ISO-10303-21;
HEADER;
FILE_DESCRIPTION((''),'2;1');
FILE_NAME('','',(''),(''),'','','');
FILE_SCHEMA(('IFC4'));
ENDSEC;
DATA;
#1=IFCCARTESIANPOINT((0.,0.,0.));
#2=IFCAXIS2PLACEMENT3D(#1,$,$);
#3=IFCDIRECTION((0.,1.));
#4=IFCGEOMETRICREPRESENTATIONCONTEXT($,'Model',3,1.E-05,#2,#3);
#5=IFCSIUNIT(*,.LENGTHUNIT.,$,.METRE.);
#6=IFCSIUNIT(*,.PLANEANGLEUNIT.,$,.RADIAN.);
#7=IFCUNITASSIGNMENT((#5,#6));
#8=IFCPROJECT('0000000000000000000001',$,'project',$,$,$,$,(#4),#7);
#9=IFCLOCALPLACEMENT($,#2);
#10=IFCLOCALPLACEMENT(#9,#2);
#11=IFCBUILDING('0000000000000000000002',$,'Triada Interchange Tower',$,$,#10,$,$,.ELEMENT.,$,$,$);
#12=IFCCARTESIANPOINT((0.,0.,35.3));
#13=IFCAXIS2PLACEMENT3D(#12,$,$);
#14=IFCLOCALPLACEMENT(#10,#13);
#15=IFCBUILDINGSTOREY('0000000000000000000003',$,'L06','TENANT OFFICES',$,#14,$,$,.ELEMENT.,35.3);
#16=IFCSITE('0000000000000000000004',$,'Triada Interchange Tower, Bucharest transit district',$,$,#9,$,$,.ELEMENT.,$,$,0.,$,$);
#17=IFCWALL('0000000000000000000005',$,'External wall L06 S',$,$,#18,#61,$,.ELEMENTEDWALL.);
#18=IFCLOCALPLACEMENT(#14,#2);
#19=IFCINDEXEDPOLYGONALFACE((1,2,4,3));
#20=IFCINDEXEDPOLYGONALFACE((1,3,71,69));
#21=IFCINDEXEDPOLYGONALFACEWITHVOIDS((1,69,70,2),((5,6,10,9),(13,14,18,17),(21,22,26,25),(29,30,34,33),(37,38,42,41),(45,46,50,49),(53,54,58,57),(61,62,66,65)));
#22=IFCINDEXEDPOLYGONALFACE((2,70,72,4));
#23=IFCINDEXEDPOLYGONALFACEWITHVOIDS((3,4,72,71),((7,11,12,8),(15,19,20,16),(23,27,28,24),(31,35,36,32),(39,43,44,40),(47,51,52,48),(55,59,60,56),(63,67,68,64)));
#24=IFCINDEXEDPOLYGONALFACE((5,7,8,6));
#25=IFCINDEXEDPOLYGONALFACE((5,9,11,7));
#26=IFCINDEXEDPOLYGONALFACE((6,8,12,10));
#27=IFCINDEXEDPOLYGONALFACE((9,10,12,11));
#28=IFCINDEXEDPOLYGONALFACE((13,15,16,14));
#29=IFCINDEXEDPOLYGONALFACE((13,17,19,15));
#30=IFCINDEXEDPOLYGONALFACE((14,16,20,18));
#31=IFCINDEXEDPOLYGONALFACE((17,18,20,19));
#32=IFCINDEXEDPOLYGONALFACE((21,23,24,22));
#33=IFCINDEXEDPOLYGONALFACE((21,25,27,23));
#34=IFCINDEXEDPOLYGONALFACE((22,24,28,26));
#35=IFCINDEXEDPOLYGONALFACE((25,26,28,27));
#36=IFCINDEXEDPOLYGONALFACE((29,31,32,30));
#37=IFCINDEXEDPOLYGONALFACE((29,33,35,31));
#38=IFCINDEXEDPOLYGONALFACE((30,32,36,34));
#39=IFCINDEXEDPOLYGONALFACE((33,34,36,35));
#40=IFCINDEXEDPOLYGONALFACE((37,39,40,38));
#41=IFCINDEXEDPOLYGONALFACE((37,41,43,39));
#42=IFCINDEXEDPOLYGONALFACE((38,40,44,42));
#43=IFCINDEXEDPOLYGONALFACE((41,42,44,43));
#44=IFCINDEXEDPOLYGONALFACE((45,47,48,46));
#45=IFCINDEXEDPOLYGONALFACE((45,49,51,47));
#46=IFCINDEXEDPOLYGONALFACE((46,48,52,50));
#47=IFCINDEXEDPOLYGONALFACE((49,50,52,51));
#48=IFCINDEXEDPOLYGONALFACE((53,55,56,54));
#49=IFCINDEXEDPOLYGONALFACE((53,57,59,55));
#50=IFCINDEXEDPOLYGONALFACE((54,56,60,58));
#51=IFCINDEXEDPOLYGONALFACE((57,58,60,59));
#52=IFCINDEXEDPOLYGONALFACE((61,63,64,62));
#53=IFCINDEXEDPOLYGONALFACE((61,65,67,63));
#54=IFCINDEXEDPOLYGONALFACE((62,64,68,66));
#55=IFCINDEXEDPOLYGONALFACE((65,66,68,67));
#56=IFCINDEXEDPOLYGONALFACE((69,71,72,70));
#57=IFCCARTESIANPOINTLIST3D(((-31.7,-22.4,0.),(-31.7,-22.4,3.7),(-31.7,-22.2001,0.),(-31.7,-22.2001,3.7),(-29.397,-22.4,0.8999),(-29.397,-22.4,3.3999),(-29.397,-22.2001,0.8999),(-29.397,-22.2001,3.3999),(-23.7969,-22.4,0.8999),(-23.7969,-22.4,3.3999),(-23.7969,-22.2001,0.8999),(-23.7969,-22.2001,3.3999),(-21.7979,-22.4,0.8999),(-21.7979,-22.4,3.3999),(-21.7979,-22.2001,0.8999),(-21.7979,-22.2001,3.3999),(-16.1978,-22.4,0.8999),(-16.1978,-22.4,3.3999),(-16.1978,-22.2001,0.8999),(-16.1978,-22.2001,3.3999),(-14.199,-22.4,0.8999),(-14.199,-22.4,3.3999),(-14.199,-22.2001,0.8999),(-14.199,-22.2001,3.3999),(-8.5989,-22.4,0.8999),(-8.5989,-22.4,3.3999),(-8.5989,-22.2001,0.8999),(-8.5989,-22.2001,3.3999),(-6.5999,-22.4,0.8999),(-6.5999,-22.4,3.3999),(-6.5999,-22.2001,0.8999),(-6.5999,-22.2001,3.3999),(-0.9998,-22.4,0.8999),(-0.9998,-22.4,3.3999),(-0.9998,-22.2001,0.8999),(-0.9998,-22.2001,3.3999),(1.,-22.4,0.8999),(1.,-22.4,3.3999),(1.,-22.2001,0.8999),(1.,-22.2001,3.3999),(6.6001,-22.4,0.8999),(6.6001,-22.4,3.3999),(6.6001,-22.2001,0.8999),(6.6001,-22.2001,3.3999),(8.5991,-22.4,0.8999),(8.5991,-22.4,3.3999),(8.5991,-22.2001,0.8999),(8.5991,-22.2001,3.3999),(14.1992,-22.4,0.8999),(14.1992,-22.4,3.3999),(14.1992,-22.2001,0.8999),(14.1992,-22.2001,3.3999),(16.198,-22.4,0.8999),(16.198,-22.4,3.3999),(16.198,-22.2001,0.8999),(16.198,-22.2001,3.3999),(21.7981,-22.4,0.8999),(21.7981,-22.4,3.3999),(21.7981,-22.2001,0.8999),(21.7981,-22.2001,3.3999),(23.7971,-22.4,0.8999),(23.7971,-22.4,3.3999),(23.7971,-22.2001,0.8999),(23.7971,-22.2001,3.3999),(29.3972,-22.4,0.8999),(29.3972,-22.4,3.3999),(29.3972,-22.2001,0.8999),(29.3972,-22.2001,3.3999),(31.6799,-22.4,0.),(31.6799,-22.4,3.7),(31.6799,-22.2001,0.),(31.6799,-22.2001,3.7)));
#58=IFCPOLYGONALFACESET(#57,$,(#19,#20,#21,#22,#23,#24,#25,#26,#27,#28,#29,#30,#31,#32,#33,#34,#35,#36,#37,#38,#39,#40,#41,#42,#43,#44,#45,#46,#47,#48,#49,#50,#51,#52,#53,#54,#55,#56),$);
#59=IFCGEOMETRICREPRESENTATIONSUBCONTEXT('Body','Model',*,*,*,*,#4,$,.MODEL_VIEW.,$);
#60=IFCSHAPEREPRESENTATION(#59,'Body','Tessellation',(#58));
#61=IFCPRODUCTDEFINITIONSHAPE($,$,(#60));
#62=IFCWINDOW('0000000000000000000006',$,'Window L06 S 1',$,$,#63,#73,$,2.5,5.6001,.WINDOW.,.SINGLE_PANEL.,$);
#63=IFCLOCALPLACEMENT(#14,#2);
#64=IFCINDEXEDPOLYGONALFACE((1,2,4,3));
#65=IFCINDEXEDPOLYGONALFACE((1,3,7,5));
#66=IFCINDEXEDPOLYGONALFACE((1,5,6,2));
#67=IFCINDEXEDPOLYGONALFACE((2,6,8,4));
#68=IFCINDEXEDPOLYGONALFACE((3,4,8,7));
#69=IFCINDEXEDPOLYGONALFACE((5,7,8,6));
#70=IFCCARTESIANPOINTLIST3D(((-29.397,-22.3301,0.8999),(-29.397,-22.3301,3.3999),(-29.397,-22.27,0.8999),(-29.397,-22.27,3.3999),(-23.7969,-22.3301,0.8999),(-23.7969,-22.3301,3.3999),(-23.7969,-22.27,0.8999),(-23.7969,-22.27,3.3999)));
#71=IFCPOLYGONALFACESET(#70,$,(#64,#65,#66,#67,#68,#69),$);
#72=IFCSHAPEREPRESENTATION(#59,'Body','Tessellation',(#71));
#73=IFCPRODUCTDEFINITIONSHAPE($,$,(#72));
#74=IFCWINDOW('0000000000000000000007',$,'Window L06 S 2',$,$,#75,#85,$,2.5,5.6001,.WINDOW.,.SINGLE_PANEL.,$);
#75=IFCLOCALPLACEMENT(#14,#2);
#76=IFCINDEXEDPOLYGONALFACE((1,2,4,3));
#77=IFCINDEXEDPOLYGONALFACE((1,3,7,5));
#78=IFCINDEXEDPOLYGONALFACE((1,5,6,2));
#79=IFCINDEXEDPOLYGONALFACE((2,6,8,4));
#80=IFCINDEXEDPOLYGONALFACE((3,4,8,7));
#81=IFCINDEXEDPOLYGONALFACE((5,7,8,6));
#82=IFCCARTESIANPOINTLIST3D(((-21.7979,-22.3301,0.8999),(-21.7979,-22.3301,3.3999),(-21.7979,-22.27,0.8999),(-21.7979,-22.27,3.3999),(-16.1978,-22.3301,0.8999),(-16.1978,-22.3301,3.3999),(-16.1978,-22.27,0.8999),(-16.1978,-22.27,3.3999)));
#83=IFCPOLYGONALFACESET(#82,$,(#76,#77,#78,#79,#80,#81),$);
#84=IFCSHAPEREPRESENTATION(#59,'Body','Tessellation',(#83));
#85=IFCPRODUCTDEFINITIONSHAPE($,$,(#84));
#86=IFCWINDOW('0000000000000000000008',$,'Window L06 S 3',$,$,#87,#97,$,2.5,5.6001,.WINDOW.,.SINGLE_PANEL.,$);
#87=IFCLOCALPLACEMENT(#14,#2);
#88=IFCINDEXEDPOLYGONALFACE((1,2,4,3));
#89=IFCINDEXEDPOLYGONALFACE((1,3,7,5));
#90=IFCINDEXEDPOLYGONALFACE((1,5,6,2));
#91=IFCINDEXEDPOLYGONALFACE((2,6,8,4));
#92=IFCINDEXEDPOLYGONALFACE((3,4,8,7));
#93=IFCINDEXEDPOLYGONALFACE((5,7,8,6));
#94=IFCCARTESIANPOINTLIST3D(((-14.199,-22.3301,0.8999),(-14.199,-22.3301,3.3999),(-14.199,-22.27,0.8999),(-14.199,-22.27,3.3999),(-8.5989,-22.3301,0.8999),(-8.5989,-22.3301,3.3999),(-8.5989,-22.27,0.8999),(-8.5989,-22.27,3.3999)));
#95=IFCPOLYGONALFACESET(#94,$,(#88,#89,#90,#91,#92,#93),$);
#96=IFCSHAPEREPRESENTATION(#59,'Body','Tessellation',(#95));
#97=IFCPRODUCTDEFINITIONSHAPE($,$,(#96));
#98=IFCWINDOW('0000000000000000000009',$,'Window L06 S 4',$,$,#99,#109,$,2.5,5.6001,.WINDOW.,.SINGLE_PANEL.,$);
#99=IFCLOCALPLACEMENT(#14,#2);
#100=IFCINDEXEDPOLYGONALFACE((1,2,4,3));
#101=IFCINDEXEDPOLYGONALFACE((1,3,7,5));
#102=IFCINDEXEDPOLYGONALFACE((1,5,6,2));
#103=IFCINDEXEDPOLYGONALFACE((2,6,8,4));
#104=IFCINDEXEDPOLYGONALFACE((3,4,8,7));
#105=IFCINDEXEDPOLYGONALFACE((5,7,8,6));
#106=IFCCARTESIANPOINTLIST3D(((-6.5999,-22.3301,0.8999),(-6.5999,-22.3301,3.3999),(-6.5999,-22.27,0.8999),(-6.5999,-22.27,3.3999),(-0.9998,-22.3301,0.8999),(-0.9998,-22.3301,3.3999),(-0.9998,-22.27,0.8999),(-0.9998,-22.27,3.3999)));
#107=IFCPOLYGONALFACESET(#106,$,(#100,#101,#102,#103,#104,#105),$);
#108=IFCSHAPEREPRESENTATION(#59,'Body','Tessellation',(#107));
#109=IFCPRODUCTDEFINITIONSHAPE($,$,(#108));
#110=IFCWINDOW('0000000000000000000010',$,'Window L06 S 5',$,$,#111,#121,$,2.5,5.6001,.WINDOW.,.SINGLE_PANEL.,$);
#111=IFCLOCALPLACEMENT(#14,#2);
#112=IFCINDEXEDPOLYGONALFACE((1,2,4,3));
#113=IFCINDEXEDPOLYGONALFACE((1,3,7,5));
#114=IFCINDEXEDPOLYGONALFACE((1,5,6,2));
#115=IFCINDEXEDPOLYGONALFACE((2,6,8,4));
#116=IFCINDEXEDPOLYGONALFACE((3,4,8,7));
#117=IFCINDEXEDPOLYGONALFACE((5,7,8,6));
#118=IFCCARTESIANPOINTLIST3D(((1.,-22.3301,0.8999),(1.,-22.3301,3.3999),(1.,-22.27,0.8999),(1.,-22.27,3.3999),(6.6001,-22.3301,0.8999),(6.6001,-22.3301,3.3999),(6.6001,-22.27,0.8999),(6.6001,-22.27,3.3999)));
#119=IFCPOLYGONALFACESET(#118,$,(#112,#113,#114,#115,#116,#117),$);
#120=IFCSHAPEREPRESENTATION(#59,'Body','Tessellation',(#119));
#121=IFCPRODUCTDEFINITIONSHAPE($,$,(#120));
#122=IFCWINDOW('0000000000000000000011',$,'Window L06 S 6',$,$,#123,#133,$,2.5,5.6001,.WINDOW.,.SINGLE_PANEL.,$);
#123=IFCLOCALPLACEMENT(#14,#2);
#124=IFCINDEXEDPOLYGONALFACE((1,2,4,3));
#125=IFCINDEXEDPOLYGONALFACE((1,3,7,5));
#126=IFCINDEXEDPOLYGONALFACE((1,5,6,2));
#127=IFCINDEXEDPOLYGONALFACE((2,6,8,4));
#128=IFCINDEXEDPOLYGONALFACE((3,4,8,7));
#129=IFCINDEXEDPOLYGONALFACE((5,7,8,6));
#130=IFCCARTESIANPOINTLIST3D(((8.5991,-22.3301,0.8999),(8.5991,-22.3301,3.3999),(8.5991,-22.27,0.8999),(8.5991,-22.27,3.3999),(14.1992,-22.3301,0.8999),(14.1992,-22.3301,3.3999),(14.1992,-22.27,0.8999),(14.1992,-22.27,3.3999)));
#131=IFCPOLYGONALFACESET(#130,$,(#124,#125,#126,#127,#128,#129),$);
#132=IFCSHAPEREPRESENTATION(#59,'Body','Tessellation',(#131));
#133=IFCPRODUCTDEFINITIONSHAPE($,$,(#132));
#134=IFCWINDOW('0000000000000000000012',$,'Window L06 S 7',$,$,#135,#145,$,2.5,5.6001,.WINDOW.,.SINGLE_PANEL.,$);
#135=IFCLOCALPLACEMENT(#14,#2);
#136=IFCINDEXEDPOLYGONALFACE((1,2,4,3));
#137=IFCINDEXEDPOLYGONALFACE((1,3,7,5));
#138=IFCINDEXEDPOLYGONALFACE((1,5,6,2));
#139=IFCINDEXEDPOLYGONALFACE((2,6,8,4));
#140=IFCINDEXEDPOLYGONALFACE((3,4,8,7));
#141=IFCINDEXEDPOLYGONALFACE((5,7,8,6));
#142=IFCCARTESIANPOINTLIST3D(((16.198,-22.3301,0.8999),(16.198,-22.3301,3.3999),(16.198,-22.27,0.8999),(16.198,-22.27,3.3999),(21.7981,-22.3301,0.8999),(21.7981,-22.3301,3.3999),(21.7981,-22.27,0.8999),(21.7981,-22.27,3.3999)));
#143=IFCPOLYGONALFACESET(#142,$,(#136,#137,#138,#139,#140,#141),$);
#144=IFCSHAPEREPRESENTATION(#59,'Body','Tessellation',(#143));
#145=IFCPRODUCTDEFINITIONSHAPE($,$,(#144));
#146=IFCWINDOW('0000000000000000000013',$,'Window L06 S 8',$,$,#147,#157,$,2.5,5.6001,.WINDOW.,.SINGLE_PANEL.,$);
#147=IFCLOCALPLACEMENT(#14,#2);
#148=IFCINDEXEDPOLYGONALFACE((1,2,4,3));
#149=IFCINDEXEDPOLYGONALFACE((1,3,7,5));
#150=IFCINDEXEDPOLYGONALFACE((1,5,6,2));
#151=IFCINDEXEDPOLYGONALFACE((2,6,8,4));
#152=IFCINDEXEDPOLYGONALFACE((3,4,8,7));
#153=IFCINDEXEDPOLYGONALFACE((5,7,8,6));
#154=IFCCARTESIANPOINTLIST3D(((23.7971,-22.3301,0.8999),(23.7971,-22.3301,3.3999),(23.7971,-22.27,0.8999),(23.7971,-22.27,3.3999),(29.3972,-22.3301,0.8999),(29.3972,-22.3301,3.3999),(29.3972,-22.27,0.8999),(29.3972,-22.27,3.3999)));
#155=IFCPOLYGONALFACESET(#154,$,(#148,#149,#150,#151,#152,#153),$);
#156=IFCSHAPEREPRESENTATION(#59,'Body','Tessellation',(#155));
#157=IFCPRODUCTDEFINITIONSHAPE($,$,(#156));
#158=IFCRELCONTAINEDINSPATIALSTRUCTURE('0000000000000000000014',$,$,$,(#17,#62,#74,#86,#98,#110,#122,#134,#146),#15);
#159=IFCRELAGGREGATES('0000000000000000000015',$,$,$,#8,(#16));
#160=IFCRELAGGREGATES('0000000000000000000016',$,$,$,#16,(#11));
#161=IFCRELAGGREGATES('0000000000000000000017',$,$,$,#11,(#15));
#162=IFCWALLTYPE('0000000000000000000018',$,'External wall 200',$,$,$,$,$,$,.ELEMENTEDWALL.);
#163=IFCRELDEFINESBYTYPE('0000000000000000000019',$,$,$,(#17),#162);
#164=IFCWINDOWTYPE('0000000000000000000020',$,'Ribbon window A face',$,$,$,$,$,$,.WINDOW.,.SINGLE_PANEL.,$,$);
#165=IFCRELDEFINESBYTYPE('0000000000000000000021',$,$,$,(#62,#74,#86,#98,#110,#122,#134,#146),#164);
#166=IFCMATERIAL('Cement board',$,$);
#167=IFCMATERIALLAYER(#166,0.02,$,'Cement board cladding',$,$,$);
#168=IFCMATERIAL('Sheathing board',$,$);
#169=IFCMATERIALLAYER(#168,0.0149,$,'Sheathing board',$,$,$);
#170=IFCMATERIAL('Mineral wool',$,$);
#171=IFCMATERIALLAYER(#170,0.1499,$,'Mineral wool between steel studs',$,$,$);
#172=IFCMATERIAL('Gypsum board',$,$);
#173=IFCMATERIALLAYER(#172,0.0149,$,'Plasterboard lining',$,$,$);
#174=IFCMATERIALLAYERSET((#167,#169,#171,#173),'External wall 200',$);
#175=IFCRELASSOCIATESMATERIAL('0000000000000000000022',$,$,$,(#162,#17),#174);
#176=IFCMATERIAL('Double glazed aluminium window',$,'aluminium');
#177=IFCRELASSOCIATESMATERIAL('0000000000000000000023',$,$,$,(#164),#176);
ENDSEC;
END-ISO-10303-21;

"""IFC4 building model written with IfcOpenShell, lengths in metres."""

from ifc_helpers import new_model, si_unit, direction, frame, frame_2d, origin, place, context, subcontext, project, spatial, rectangle, extrude, material, layer, layer_set, layer_usage, type_object, element, fill, save


model = new_model("IFC4")

# Units and contexts
model_context = context("Model", 3, precision=1e-05, world=origin(), true_north=direction((0.0, 1.0)))
body_context = subcontext(model_context, "Body", "Model", "MODEL_VIEW")
ifc_project = project(units=[si_unit("LENGTHUNIT", "METRE"), si_unit("PLANEANGLEUNIT", "RADIAN")], contexts=[model_context])

# Site, building, storey
site_placement = place(None, origin())
site = spatial("IfcSite", under=ifc_project, at=site_placement, Name="Triada Interchange Tower, Bucharest transit district", CompositionType="ELEMENT", RefElevation=0.0)
building_placement = place(site_placement, origin())
building = spatial("IfcBuilding", under=site, at=building_placement, Name="Triada Interchange Tower", CompositionType="ELEMENT")
storey_placement = place(building_placement, frame((0.0, 0.0, 35.3)))
storey = spatial("IfcBuildingStorey", under=building, at=storey_placement, Name="L06", Description="TENANT OFFICES", CompositionType="ELEMENT", Elevation=35.3)

# Shared definitions
ifc_material_1 = material(Name="Cement board")
ifc_layer_1 = layer(ifc_material_1, 0.02, Name="Cement board cladding")
ifc_material_2 = material(Name="Sheathing board")
ifc_layer_2 = layer(ifc_material_2, 0.0149, Name="Sheathing board")
ifc_material_3 = material(Name="Mineral wool")
ifc_layer_3 = layer(ifc_material_3, 0.1499, Name="Mineral wool between steel studs")
ifc_material_4 = material(Name="Gypsum board")
ifc_layer_4 = layer(ifc_material_4, 0.0149, Name="Plasterboard lining")
ifc_layer_set_1 = layer_set([ifc_layer_1, ifc_layer_2, ifc_layer_3, ifc_layer_4], Name="External wall 200")
ifc_layer_usage = layer_usage(ifc_layer_set_1, "AXIS2", "POSITIVE", -0.1001)
wall_type_1 = type_object("IfcWallType", Name="External wall 200", PredefinedType="ELEMENTEDWALL", material=ifc_layer_set_1)
ifc_material_5 = material(Name="Double glazed aluminium window", Category="aluminium")

# Wall, openings, windows
wall_1_placement = place(storey_placement, frame((-31.7, -22.3, 0.0), z_axis=(0.0, 0.0, 1.0), x_axis=(1.0, 0.0, 0.0)))
wall_1 = element("IfcWall", 1, at=wall_1_placement, inside=storey, type_object=wall_type_1, material=ifc_layer_usage, Name="External wall L06 S", PredefinedType="ELEMENTEDWALL", context=body_context, shape_type="SweptSolid", body=[
    extrude(rectangle(XDim=63.3799, YDim=0.2, at=frame_2d((31.6899, 0.0))), origin(), (0.0, 0.0, 1.0), 3.7),
])
opening_1_placement = place(wall_1_placement, frame((2.303, 0.0, 0.8999)))
opening_1 = element("IfcOpeningElement", 2, at=opening_1_placement, cuts=wall_1, PredefinedType="OPENING", context=body_context, shape_type="SweptSolid", body=[
    extrude(rectangle(XDim=5.6001, YDim=2.5, at=frame_2d((2.8, 1.25))), frame((0.0, 0.1099, 0.0), z_axis=(0.0, -1.0, 0.0), x_axis=(1.0, 0.0, 0.0)), (0.0, 0.0, 1.0), 0.22),
])
opening_2_placement = place(wall_1_placement, frame((9.9021, 0.0, 0.8999)))
opening_2 = element("IfcOpeningElement", 3, at=opening_2_placement, cuts=wall_1, PredefinedType="OPENING", context=body_context, shape_type="SweptSolid", body=[
    extrude(rectangle(XDim=5.6001, YDim=2.5, at=frame_2d((2.8, 1.25))), frame((0.0, 0.1099, 0.0), z_axis=(0.0, -1.0, 0.0), x_axis=(1.0, 0.0, 0.0)), (0.0, 0.0, 1.0), 0.22),
])
opening_3_placement = place(wall_1_placement, frame((17.501, 0.0, 0.8999)))
opening_3 = element("IfcOpeningElement", 4, at=opening_3_placement, cuts=wall_1, PredefinedType="OPENING", context=body_context, shape_type="SweptSolid", body=[
    extrude(rectangle(XDim=5.6001, YDim=2.5, at=frame_2d((2.8, 1.25))), frame((0.0, 0.1099, 0.0), z_axis=(0.0, -1.0, 0.0), x_axis=(1.0, 0.0, 0.0)), (0.0, 0.0, 1.0), 0.22),
])
opening_4_placement = place(wall_1_placement, frame((25.1001, 0.0, 0.8999)))
opening_4 = element("IfcOpeningElement", 5, at=opening_4_placement, cuts=wall_1, PredefinedType="OPENING", context=body_context, shape_type="SweptSolid", body=[
    extrude(rectangle(XDim=5.6001, YDim=2.5, at=frame_2d((2.8, 1.25))), frame((0.0, 0.1099, 0.0), z_axis=(0.0, -1.0, 0.0), x_axis=(1.0, 0.0, 0.0)), (0.0, 0.0, 1.0), 0.22),
])
opening_5_placement = place(wall_1_placement, frame((32.7, 0.0, 0.8999)))
opening_5 = element("IfcOpeningElement", 6, at=opening_5_placement, cuts=wall_1, PredefinedType="OPENING", context=body_context, shape_type="SweptSolid", body=[
    extrude(rectangle(XDim=5.6001, YDim=2.5, at=frame_2d((2.8, 1.25))), frame((0.0, 0.1099, 0.0), z_axis=(0.0, -1.0, 0.0), x_axis=(1.0, 0.0, 0.0)), (0.0, 0.0, 1.0), 0.22),
])
opening_6_placement = place(wall_1_placement, frame((40.2991, 0.0, 0.8999)))
opening_6 = element("IfcOpeningElement", 7, at=opening_6_placement, cuts=wall_1, PredefinedType="OPENING", context=body_context, shape_type="SweptSolid", body=[
    extrude(rectangle(XDim=5.6001, YDim=2.5, at=frame_2d((2.8, 1.25))), frame((0.0, 0.1099, 0.0), z_axis=(0.0, -1.0, 0.0), x_axis=(1.0, 0.0, 0.0)), (0.0, 0.0, 1.0), 0.22),
])
opening_7_placement = place(wall_1_placement, frame((47.8979, 0.0, 0.8999)))
opening_7 = element("IfcOpeningElement", 8, at=opening_7_placement, cuts=wall_1, PredefinedType="OPENING", context=body_context, shape_type="SweptSolid", body=[
    extrude(rectangle(XDim=5.6001, YDim=2.5, at=frame_2d((2.8, 1.25))), frame((0.0, 0.1099, 0.0), z_axis=(0.0, -1.0, 0.0), x_axis=(1.0, 0.0, 0.0)), (0.0, 0.0, 1.0), 0.22),
])
opening_8_placement = place(wall_1_placement, frame((55.4971, 0.0, 0.8999)))
opening_8 = element("IfcOpeningElement", 9, at=opening_8_placement, cuts=wall_1, PredefinedType="OPENING", context=body_context, shape_type="SweptSolid", body=[
    extrude(rectangle(XDim=5.6001, YDim=2.5, at=frame_2d((2.8, 1.25))), frame((0.0, 0.1099, 0.0), z_axis=(0.0, -1.0, 0.0), x_axis=(1.0, 0.0, 0.0)), (0.0, 0.0, 1.0), 0.22),
])
window_type_1 = type_object("IfcWindowType", Name="Ribbon window A face", PartitioningType="SINGLE_PANEL", PredefinedType="WINDOW", material=ifc_material_5)
window_1_placement = place(opening_1_placement, origin())
window_1 = element("IfcWindow", 10, at=window_1_placement, inside=storey, type_object=window_type_1, Name="Window L06 S 1", OverallHeight=2.5, OverallWidth=5.6001, PartitioningType="SINGLE_PANEL", PredefinedType="WINDOW", context=body_context, shape_type="SweptSolid", body=[
    extrude(rectangle(XDim=5.6001, YDim=2.5, at=frame_2d((2.8, 1.25))), frame((0.0, 0.03, 0.0), z_axis=(0.0, -1.0, 0.0), x_axis=(1.0, 0.0, 0.0)), (0.0, 0.0, 1.0), 0.0601),
])
fill(opening_1, window_1)
window_2_placement = place(opening_2_placement, origin())
window_2 = element("IfcWindow", 11, at=window_2_placement, inside=storey, type_object=window_type_1, Name="Window L06 S 2", OverallHeight=2.5, OverallWidth=5.6001, PartitioningType="SINGLE_PANEL", PredefinedType="WINDOW", context=body_context, shape_type="SweptSolid", body=[
    extrude(rectangle(XDim=5.6001, YDim=2.5, at=frame_2d((2.8, 1.25))), frame((0.0, 0.03, 0.0), z_axis=(0.0, -1.0, 0.0), x_axis=(1.0, 0.0, 0.0)), (0.0, 0.0, 1.0), 0.0601),
])
fill(opening_2, window_2)
window_3_placement = place(opening_3_placement, origin())
window_3 = element("IfcWindow", 12, at=window_3_placement, inside=storey, type_object=window_type_1, Name="Window L06 S 3", OverallHeight=2.5, OverallWidth=5.6001, PartitioningType="SINGLE_PANEL", PredefinedType="WINDOW", context=body_context, shape_type="SweptSolid", body=[
    extrude(rectangle(XDim=5.6001, YDim=2.5, at=frame_2d((2.8, 1.25))), frame((0.0, 0.03, 0.0), z_axis=(0.0, -1.0, 0.0), x_axis=(1.0, 0.0, 0.0)), (0.0, 0.0, 1.0), 0.0601),
])
fill(opening_3, window_3)
window_4_placement = place(opening_4_placement, origin())
window_4 = element("IfcWindow", 13, at=window_4_placement, inside=storey, type_object=window_type_1, Name="Window L06 S 4", OverallHeight=2.5, OverallWidth=5.6001, PartitioningType="SINGLE_PANEL", PredefinedType="WINDOW", context=body_context, shape_type="SweptSolid", body=[
    extrude(rectangle(XDim=5.6001, YDim=2.5, at=frame_2d((2.8, 1.25))), frame((0.0, 0.03, 0.0), z_axis=(0.0, -1.0, 0.0), x_axis=(1.0, 0.0, 0.0)), (0.0, 0.0, 1.0), 0.0601),
])
fill(opening_4, window_4)
window_5_placement = place(opening_5_placement, origin())
window_5 = element("IfcWindow", 14, at=window_5_placement, inside=storey, type_object=window_type_1, Name="Window L06 S 5", OverallHeight=2.5, OverallWidth=5.6001, PartitioningType="SINGLE_PANEL", PredefinedType="WINDOW", context=body_context, shape_type="SweptSolid", body=[
    extrude(rectangle(XDim=5.6001, YDim=2.5, at=frame_2d((2.8, 1.25))), frame((0.0, 0.03, 0.0), z_axis=(0.0, -1.0, 0.0), x_axis=(1.0, 0.0, 0.0)), (0.0, 0.0, 1.0), 0.0601),
])
fill(opening_5, window_5)
window_6_placement = place(opening_6_placement, origin())
window_6 = element("IfcWindow", 15, at=window_6_placement, inside=storey, type_object=window_type_1, Name="Window L06 S 6", OverallHeight=2.5, OverallWidth=5.6001, PartitioningType="SINGLE_PANEL", PredefinedType="WINDOW", context=body_context, shape_type="SweptSolid", body=[
    extrude(rectangle(XDim=5.6001, YDim=2.5, at=frame_2d((2.8, 1.25))), frame((0.0, 0.03, 0.0), z_axis=(0.0, -1.0, 0.0), x_axis=(1.0, 0.0, 0.0)), (0.0, 0.0, 1.0), 0.0601),
])
fill(opening_6, window_6)
window_7_placement = place(opening_7_placement, origin())
window_7 = element("IfcWindow", 16, at=window_7_placement, inside=storey, type_object=window_type_1, Name="Window L06 S 7", OverallHeight=2.5, OverallWidth=5.6001, PartitioningType="SINGLE_PANEL", PredefinedType="WINDOW", context=body_context, shape_type="SweptSolid", body=[
    extrude(rectangle(XDim=5.6001, YDim=2.5, at=frame_2d((2.8, 1.25))), frame((0.0, 0.03, 0.0), z_axis=(0.0, -1.0, 0.0), x_axis=(1.0, 0.0, 0.0)), (0.0, 0.0, 1.0), 0.0601),
])
fill(opening_7, window_7)
window_8_placement = place(opening_8_placement, origin())
window_8 = element("IfcWindow", 17, at=window_8_placement, inside=storey, type_object=window_type_1, Name="Window L06 S 8", OverallHeight=2.5, OverallWidth=5.6001, PartitioningType="SINGLE_PANEL", PredefinedType="WINDOW", context=body_context, shape_type="SweptSolid", body=[
    extrude(rectangle(XDim=5.6001, YDim=2.5, at=frame_2d((2.8, 1.25))), frame((0.0, 0.03, 0.0), z_axis=(0.0, -1.0, 0.0), x_axis=(1.0, 0.0, 0.0)), (0.0, 0.0, 1.0), 0.0601),
])
fill(opening_8, window_8)

save(model, "model.ifc")
